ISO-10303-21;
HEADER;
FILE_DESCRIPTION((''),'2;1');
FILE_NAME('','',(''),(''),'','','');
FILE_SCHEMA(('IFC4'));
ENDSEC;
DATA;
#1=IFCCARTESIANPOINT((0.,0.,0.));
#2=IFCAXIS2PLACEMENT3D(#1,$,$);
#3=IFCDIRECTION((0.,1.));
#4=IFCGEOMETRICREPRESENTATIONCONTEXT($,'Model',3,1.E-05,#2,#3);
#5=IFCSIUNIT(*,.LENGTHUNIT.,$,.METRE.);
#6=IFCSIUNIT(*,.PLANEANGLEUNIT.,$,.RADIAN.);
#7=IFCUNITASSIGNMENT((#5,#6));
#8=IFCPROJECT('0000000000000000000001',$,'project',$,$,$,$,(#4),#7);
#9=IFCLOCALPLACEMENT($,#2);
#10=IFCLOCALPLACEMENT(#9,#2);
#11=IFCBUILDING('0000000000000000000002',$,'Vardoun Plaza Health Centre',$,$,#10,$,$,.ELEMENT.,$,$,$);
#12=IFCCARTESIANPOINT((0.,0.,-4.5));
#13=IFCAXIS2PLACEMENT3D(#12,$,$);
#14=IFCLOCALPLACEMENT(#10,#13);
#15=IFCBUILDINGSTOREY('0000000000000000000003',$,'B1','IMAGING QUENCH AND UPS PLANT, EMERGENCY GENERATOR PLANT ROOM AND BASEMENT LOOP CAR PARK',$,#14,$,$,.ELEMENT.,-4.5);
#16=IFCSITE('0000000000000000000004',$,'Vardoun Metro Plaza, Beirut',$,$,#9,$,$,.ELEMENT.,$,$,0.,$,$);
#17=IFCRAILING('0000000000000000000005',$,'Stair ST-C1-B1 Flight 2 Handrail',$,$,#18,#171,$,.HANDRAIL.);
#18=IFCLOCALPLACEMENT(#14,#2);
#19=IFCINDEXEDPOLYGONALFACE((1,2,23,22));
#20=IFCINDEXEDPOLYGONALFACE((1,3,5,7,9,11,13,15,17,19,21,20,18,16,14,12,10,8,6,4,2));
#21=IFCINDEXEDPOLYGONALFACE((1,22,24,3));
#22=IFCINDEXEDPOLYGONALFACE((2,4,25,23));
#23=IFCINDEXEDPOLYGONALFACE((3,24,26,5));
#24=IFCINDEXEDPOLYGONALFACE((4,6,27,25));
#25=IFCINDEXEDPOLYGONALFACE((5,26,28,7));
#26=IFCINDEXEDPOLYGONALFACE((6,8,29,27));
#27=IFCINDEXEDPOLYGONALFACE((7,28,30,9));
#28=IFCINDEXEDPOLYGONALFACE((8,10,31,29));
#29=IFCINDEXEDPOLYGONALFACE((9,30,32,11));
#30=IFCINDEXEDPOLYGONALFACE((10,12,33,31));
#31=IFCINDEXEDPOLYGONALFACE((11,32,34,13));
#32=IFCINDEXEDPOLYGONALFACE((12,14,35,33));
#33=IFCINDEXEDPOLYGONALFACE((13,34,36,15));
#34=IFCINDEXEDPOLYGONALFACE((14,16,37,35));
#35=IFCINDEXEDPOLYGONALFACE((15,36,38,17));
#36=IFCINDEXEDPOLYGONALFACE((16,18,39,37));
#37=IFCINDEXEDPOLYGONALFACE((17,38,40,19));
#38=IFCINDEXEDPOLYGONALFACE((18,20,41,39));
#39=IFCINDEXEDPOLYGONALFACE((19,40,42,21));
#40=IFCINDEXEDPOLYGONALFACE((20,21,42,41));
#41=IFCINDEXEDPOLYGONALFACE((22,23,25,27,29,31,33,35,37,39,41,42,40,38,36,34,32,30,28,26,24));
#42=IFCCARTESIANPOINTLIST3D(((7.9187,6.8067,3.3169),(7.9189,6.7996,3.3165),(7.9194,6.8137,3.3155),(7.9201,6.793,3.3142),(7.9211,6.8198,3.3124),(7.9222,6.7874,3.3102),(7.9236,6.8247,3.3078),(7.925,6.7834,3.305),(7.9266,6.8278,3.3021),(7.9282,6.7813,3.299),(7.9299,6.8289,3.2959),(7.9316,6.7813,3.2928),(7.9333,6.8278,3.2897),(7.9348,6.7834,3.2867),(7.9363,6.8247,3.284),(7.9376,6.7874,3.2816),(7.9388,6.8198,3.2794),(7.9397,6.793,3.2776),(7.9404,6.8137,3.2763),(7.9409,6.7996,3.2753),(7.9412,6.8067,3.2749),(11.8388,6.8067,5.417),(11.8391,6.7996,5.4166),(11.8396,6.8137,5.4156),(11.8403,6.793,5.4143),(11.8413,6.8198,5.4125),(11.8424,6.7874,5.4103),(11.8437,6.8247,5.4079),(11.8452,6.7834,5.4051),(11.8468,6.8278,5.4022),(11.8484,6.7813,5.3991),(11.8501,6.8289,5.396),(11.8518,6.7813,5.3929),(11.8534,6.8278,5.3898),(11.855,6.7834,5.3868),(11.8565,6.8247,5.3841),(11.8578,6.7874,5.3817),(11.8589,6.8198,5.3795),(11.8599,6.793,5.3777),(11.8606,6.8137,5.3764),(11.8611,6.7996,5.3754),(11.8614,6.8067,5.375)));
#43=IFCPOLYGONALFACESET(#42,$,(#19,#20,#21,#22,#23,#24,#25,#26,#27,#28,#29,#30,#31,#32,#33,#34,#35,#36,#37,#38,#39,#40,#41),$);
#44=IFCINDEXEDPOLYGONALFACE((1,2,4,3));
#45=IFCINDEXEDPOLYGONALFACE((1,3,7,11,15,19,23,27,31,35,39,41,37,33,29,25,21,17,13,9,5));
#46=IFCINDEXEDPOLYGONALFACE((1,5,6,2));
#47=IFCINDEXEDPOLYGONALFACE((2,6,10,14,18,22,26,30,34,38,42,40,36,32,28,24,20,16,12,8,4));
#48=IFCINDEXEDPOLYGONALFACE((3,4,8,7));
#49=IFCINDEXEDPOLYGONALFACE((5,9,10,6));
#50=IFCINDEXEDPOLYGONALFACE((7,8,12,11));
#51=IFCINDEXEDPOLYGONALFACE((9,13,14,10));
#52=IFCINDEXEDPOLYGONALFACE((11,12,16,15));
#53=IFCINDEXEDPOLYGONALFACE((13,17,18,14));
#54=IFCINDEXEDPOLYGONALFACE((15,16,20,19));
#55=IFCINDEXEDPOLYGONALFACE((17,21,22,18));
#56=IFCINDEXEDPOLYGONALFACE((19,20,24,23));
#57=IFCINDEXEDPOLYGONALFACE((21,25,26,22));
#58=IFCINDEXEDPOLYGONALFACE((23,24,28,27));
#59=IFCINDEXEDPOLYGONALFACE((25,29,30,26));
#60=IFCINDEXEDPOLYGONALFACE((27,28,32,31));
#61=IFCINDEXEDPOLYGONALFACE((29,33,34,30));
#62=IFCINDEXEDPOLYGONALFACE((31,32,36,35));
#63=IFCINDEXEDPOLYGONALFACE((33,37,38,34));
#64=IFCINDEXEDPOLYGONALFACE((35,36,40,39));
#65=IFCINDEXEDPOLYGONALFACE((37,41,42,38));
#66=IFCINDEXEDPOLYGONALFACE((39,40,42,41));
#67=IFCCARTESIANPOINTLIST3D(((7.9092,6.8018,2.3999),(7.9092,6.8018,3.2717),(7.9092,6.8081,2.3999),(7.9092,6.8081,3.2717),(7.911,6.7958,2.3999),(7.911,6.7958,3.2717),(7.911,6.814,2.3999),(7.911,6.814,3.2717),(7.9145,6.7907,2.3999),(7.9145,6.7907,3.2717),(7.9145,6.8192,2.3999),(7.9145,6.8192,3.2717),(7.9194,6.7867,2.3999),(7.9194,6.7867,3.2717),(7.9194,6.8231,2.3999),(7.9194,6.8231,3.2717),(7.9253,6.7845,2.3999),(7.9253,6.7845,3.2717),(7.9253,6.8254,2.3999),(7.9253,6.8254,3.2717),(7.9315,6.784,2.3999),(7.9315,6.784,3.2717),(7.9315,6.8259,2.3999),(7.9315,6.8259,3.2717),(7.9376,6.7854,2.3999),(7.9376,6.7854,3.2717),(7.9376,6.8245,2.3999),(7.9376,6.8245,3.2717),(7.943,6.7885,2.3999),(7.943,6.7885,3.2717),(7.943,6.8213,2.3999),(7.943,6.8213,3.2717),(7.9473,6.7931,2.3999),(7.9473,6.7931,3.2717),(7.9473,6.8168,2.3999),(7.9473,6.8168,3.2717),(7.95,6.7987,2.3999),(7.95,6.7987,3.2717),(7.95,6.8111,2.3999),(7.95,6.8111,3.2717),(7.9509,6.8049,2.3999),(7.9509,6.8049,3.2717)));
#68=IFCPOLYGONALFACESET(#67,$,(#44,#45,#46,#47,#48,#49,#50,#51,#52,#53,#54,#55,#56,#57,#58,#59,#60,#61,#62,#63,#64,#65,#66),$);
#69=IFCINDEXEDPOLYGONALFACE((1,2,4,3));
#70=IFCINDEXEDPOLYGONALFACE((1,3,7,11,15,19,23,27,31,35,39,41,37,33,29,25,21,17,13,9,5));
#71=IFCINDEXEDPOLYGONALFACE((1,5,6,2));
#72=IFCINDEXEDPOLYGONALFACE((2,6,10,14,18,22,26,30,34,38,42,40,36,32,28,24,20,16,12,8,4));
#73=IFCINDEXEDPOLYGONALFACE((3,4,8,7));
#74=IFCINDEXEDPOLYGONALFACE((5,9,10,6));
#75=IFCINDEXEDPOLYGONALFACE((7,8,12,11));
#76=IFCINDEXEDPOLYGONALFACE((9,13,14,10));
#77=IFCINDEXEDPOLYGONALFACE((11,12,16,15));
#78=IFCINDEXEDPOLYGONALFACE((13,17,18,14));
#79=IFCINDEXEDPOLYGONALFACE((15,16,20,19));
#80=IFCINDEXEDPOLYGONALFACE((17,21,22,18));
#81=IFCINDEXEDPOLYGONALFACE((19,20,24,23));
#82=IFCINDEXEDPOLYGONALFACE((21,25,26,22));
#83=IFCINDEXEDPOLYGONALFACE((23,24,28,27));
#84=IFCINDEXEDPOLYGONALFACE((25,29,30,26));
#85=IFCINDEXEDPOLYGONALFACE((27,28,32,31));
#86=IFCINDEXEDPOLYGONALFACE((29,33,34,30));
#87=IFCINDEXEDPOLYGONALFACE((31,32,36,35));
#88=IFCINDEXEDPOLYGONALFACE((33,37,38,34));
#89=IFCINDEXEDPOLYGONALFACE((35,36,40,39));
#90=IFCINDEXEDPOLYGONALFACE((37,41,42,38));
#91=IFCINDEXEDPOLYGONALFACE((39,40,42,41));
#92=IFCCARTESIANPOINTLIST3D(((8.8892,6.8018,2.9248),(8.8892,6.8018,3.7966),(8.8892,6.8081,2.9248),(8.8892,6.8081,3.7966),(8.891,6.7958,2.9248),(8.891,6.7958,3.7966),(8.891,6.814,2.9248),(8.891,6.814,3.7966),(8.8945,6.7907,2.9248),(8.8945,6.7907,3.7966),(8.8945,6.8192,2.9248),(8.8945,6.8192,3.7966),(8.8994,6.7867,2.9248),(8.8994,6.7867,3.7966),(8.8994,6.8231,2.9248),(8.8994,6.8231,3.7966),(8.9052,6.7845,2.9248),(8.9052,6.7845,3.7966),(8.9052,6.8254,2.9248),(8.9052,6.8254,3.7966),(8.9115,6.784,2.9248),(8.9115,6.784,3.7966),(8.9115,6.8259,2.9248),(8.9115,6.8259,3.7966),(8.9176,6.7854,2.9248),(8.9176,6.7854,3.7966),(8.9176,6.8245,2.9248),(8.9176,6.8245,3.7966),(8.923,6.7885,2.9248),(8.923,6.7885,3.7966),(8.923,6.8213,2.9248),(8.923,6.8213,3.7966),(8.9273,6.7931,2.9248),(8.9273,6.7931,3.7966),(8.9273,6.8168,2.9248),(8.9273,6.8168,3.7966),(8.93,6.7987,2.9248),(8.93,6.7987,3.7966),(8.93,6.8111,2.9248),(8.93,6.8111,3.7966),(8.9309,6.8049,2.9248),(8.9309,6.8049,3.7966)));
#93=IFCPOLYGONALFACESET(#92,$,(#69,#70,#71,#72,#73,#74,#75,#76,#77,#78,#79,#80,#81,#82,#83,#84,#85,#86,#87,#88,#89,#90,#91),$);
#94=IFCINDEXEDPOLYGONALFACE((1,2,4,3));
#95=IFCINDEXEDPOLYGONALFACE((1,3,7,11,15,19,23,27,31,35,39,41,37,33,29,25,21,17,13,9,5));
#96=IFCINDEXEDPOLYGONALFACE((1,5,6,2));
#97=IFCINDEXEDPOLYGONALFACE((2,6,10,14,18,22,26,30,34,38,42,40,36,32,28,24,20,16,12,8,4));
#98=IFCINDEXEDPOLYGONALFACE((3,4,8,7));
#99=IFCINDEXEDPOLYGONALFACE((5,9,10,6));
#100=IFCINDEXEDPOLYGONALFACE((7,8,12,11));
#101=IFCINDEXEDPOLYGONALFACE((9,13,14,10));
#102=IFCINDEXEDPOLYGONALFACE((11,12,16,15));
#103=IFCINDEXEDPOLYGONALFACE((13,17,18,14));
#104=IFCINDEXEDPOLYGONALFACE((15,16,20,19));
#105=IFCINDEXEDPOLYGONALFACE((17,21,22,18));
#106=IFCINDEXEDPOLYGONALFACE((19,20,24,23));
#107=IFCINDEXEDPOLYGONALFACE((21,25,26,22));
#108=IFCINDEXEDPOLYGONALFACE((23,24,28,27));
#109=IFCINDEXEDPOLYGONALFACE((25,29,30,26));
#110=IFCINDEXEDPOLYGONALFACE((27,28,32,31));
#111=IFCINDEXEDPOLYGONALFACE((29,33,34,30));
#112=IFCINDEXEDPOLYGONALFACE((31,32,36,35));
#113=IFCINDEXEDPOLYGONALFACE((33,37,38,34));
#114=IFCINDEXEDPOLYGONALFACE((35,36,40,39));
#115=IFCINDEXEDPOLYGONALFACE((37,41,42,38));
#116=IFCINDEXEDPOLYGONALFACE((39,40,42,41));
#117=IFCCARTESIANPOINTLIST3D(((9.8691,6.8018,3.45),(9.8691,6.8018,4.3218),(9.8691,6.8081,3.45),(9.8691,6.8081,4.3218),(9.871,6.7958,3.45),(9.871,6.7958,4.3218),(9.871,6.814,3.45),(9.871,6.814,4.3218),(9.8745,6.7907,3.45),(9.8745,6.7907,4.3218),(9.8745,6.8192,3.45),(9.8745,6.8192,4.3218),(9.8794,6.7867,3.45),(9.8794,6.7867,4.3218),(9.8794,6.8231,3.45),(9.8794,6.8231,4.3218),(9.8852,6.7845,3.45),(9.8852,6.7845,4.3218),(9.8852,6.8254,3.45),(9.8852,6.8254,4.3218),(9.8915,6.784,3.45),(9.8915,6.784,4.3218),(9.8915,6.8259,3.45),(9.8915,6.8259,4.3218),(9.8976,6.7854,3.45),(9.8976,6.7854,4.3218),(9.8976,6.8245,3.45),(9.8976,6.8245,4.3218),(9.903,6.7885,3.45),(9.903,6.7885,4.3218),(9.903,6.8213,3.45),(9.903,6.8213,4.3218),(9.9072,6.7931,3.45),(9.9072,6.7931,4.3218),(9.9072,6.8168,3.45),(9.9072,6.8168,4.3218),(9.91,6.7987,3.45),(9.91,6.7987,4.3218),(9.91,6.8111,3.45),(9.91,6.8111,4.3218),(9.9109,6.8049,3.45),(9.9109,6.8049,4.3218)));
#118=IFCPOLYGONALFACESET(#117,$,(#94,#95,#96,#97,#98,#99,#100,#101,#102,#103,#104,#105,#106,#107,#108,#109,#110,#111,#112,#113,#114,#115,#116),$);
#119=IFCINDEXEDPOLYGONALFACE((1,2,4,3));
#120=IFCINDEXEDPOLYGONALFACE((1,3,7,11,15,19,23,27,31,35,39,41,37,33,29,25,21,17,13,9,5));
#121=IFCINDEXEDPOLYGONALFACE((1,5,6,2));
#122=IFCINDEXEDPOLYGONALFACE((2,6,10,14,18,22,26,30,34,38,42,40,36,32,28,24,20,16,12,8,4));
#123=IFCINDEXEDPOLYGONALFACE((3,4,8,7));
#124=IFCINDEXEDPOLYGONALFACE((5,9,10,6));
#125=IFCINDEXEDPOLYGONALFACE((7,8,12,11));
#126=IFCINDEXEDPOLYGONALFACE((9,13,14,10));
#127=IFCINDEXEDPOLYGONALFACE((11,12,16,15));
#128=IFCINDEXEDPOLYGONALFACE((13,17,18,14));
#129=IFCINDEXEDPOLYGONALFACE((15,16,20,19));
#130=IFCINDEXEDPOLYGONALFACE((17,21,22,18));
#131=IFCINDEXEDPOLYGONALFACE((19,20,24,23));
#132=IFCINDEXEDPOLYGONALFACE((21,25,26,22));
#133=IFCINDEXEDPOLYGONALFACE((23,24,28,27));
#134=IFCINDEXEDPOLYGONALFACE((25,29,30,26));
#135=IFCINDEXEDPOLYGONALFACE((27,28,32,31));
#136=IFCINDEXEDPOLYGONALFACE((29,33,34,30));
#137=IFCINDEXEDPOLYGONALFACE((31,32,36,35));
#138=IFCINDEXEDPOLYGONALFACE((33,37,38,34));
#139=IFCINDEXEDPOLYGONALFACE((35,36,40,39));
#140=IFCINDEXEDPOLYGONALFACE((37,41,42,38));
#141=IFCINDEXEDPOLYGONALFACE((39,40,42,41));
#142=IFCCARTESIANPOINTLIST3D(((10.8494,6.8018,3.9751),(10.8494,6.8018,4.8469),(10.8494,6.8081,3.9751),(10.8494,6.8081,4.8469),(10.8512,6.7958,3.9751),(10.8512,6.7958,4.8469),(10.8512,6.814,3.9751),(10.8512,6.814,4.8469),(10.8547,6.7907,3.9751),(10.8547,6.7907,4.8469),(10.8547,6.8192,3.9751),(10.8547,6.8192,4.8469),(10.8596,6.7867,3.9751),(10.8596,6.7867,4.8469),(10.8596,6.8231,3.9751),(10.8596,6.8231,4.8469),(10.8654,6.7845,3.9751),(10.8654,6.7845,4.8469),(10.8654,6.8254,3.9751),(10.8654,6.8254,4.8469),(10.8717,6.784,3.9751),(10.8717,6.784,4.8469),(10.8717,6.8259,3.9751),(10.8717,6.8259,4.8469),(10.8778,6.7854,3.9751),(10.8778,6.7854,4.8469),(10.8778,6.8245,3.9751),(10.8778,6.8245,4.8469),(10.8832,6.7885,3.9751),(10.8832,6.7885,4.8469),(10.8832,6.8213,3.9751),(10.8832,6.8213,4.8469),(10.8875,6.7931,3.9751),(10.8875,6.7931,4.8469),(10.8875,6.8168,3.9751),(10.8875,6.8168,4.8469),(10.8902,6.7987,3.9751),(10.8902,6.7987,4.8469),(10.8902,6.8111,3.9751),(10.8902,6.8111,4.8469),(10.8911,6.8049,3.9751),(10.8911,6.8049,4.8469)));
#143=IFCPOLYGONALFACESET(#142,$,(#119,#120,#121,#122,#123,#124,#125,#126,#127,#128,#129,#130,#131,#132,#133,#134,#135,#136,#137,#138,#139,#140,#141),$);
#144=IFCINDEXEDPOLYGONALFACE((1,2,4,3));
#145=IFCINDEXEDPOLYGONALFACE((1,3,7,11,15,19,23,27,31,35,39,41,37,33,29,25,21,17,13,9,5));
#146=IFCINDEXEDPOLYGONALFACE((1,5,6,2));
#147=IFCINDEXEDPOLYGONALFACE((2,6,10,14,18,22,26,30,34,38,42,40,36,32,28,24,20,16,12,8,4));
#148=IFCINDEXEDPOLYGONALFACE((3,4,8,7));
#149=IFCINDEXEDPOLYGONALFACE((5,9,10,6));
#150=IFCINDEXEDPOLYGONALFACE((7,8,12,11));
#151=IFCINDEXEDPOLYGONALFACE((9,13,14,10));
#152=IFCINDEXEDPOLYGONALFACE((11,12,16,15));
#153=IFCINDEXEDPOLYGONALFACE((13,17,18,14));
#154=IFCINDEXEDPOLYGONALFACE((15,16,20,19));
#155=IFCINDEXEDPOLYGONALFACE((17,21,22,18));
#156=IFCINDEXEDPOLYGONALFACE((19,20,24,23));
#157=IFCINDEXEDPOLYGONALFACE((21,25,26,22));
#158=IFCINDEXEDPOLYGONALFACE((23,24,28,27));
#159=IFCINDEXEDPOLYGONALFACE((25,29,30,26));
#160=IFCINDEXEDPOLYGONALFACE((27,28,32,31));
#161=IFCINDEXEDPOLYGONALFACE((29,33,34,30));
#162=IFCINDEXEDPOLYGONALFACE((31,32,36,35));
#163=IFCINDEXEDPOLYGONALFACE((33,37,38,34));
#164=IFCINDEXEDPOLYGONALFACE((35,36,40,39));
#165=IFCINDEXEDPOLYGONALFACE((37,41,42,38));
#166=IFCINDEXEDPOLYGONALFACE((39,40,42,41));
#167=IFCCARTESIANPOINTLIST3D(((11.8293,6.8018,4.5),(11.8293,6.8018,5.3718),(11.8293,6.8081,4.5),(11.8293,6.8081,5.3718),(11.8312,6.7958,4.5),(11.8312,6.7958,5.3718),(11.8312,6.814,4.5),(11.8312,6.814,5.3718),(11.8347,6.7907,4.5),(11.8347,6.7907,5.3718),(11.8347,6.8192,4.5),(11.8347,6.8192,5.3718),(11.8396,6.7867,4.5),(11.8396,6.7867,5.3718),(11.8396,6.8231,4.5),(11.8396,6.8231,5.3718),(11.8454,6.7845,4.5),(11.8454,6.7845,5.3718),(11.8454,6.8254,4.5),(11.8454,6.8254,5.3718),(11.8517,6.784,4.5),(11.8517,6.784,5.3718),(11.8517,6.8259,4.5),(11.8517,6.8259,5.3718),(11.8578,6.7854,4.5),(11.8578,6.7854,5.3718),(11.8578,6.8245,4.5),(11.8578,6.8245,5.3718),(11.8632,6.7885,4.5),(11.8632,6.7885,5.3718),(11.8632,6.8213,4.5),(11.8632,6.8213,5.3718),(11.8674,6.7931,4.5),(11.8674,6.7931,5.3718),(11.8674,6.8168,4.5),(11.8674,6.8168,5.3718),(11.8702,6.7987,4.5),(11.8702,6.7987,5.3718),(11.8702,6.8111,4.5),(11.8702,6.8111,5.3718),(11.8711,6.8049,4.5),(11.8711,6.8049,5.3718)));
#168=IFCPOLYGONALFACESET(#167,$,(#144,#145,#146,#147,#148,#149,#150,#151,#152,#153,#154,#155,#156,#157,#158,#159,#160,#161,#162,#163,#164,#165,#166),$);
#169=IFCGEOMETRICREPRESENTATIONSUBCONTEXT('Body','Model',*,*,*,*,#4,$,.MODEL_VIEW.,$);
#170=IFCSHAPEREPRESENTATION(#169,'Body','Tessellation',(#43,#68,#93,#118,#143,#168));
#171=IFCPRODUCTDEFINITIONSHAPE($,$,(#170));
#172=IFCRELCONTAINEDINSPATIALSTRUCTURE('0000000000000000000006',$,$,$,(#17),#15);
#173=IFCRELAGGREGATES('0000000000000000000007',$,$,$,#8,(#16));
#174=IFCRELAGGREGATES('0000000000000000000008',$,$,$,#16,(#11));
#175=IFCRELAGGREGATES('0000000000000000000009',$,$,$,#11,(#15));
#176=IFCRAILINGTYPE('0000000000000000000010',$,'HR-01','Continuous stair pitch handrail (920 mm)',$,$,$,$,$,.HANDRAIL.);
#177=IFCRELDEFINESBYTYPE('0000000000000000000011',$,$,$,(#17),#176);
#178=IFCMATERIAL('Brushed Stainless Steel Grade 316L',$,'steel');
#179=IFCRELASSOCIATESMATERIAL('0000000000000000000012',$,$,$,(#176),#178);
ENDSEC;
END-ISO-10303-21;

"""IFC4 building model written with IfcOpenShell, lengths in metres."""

from ifc_helpers import new_model, si_unit, direction, frame, origin, origin_2d, place, context, subcontext, project, spatial, circle, extrude, material, type_object, element, save


model = new_model("IFC4")

# Units and contexts
model_context = context("Model", 3, precision=1e-05, world=origin(), true_north=direction((0.0, 1.0)))
body_context = subcontext(model_context, "Body", "Model", "MODEL_VIEW")
ifc_project = project(units=[si_unit("LENGTHUNIT", "METRE"), si_unit("PLANEANGLEUNIT", "RADIAN")], contexts=[model_context])

# Site, building, storey
site_placement = place(None, origin())
site = spatial("IfcSite", under=ifc_project, at=site_placement, Name="Vardoun Metro Plaza, Beirut", CompositionType="ELEMENT", RefElevation=0.0)
building_placement = place(site_placement, origin())
building = spatial("IfcBuilding", under=site, at=building_placement, Name="Vardoun Plaza Health Centre", CompositionType="ELEMENT")
storey_placement = place(building_placement, frame((0.0, 0.0, -4.5)))
storey = spatial("IfcBuildingStorey", under=building, at=storey_placement, Name="B1", Description="IMAGING QUENCH AND UPS PLANT, EMERGENCY GENERATOR PLANT ROOM AND BASEMENT LOOP CAR PARK", CompositionType="ELEMENT", Elevation=-4.5)

# Railing
ifc_material_1 = material(Name="Brushed Stainless Steel Grade 316L", Category="steel")
railing_type_1 = type_object("IfcRailingType", Name="HR-01", Description="Continuous stair pitch handrail (920 mm)", PredefinedType="HANDRAIL", material=ifc_material_1)
railing_1_placement = place(storey_placement, frame((7.9299, 6.8049, 2.3999)))
element("IfcRailing", 1, at=railing_1_placement, inside=storey, type_object=railing_type_1, Name="Stair ST-C1-B1 Flight 2 Handrail", PredefinedType="HANDRAIL", context=body_context, shape_type="SweptSolid", body=[
    extrude(circle(Radius=0.0239, at=origin_2d()), frame((0.0, 0.0, 0.896), z_axis=(0.881479, 0.0, 0.472223), x_axis=(0.0, 1.0, 0.0)), (0.0, 0.0, 1.0), 4.4473),
    extrude(circle(Radius=0.021, at=origin_2d()), origin(), (0.0, 0.0, 1.0), 0.8718),
    extrude(circle(Radius=0.021, at=origin_2d()), frame((0.98, 0.0, 0.5249)), (0.0, 0.0, 1.0), 0.8718),
    extrude(circle(Radius=0.021, at=origin_2d()), frame((1.96, 0.0, 1.05)), (0.0, 0.0, 1.0), 0.8718),
    extrude(circle(Radius=0.021, at=origin_2d()), frame((2.9402, 0.0, 1.5752)), (0.0, 0.0, 1.0), 0.8718),
    extrude(circle(Radius=0.021, at=origin_2d()), frame((3.9202, 0.0, 2.1001)), (0.0, 0.0, 1.0), 0.8718),
])

save(model, "model.ifc")
